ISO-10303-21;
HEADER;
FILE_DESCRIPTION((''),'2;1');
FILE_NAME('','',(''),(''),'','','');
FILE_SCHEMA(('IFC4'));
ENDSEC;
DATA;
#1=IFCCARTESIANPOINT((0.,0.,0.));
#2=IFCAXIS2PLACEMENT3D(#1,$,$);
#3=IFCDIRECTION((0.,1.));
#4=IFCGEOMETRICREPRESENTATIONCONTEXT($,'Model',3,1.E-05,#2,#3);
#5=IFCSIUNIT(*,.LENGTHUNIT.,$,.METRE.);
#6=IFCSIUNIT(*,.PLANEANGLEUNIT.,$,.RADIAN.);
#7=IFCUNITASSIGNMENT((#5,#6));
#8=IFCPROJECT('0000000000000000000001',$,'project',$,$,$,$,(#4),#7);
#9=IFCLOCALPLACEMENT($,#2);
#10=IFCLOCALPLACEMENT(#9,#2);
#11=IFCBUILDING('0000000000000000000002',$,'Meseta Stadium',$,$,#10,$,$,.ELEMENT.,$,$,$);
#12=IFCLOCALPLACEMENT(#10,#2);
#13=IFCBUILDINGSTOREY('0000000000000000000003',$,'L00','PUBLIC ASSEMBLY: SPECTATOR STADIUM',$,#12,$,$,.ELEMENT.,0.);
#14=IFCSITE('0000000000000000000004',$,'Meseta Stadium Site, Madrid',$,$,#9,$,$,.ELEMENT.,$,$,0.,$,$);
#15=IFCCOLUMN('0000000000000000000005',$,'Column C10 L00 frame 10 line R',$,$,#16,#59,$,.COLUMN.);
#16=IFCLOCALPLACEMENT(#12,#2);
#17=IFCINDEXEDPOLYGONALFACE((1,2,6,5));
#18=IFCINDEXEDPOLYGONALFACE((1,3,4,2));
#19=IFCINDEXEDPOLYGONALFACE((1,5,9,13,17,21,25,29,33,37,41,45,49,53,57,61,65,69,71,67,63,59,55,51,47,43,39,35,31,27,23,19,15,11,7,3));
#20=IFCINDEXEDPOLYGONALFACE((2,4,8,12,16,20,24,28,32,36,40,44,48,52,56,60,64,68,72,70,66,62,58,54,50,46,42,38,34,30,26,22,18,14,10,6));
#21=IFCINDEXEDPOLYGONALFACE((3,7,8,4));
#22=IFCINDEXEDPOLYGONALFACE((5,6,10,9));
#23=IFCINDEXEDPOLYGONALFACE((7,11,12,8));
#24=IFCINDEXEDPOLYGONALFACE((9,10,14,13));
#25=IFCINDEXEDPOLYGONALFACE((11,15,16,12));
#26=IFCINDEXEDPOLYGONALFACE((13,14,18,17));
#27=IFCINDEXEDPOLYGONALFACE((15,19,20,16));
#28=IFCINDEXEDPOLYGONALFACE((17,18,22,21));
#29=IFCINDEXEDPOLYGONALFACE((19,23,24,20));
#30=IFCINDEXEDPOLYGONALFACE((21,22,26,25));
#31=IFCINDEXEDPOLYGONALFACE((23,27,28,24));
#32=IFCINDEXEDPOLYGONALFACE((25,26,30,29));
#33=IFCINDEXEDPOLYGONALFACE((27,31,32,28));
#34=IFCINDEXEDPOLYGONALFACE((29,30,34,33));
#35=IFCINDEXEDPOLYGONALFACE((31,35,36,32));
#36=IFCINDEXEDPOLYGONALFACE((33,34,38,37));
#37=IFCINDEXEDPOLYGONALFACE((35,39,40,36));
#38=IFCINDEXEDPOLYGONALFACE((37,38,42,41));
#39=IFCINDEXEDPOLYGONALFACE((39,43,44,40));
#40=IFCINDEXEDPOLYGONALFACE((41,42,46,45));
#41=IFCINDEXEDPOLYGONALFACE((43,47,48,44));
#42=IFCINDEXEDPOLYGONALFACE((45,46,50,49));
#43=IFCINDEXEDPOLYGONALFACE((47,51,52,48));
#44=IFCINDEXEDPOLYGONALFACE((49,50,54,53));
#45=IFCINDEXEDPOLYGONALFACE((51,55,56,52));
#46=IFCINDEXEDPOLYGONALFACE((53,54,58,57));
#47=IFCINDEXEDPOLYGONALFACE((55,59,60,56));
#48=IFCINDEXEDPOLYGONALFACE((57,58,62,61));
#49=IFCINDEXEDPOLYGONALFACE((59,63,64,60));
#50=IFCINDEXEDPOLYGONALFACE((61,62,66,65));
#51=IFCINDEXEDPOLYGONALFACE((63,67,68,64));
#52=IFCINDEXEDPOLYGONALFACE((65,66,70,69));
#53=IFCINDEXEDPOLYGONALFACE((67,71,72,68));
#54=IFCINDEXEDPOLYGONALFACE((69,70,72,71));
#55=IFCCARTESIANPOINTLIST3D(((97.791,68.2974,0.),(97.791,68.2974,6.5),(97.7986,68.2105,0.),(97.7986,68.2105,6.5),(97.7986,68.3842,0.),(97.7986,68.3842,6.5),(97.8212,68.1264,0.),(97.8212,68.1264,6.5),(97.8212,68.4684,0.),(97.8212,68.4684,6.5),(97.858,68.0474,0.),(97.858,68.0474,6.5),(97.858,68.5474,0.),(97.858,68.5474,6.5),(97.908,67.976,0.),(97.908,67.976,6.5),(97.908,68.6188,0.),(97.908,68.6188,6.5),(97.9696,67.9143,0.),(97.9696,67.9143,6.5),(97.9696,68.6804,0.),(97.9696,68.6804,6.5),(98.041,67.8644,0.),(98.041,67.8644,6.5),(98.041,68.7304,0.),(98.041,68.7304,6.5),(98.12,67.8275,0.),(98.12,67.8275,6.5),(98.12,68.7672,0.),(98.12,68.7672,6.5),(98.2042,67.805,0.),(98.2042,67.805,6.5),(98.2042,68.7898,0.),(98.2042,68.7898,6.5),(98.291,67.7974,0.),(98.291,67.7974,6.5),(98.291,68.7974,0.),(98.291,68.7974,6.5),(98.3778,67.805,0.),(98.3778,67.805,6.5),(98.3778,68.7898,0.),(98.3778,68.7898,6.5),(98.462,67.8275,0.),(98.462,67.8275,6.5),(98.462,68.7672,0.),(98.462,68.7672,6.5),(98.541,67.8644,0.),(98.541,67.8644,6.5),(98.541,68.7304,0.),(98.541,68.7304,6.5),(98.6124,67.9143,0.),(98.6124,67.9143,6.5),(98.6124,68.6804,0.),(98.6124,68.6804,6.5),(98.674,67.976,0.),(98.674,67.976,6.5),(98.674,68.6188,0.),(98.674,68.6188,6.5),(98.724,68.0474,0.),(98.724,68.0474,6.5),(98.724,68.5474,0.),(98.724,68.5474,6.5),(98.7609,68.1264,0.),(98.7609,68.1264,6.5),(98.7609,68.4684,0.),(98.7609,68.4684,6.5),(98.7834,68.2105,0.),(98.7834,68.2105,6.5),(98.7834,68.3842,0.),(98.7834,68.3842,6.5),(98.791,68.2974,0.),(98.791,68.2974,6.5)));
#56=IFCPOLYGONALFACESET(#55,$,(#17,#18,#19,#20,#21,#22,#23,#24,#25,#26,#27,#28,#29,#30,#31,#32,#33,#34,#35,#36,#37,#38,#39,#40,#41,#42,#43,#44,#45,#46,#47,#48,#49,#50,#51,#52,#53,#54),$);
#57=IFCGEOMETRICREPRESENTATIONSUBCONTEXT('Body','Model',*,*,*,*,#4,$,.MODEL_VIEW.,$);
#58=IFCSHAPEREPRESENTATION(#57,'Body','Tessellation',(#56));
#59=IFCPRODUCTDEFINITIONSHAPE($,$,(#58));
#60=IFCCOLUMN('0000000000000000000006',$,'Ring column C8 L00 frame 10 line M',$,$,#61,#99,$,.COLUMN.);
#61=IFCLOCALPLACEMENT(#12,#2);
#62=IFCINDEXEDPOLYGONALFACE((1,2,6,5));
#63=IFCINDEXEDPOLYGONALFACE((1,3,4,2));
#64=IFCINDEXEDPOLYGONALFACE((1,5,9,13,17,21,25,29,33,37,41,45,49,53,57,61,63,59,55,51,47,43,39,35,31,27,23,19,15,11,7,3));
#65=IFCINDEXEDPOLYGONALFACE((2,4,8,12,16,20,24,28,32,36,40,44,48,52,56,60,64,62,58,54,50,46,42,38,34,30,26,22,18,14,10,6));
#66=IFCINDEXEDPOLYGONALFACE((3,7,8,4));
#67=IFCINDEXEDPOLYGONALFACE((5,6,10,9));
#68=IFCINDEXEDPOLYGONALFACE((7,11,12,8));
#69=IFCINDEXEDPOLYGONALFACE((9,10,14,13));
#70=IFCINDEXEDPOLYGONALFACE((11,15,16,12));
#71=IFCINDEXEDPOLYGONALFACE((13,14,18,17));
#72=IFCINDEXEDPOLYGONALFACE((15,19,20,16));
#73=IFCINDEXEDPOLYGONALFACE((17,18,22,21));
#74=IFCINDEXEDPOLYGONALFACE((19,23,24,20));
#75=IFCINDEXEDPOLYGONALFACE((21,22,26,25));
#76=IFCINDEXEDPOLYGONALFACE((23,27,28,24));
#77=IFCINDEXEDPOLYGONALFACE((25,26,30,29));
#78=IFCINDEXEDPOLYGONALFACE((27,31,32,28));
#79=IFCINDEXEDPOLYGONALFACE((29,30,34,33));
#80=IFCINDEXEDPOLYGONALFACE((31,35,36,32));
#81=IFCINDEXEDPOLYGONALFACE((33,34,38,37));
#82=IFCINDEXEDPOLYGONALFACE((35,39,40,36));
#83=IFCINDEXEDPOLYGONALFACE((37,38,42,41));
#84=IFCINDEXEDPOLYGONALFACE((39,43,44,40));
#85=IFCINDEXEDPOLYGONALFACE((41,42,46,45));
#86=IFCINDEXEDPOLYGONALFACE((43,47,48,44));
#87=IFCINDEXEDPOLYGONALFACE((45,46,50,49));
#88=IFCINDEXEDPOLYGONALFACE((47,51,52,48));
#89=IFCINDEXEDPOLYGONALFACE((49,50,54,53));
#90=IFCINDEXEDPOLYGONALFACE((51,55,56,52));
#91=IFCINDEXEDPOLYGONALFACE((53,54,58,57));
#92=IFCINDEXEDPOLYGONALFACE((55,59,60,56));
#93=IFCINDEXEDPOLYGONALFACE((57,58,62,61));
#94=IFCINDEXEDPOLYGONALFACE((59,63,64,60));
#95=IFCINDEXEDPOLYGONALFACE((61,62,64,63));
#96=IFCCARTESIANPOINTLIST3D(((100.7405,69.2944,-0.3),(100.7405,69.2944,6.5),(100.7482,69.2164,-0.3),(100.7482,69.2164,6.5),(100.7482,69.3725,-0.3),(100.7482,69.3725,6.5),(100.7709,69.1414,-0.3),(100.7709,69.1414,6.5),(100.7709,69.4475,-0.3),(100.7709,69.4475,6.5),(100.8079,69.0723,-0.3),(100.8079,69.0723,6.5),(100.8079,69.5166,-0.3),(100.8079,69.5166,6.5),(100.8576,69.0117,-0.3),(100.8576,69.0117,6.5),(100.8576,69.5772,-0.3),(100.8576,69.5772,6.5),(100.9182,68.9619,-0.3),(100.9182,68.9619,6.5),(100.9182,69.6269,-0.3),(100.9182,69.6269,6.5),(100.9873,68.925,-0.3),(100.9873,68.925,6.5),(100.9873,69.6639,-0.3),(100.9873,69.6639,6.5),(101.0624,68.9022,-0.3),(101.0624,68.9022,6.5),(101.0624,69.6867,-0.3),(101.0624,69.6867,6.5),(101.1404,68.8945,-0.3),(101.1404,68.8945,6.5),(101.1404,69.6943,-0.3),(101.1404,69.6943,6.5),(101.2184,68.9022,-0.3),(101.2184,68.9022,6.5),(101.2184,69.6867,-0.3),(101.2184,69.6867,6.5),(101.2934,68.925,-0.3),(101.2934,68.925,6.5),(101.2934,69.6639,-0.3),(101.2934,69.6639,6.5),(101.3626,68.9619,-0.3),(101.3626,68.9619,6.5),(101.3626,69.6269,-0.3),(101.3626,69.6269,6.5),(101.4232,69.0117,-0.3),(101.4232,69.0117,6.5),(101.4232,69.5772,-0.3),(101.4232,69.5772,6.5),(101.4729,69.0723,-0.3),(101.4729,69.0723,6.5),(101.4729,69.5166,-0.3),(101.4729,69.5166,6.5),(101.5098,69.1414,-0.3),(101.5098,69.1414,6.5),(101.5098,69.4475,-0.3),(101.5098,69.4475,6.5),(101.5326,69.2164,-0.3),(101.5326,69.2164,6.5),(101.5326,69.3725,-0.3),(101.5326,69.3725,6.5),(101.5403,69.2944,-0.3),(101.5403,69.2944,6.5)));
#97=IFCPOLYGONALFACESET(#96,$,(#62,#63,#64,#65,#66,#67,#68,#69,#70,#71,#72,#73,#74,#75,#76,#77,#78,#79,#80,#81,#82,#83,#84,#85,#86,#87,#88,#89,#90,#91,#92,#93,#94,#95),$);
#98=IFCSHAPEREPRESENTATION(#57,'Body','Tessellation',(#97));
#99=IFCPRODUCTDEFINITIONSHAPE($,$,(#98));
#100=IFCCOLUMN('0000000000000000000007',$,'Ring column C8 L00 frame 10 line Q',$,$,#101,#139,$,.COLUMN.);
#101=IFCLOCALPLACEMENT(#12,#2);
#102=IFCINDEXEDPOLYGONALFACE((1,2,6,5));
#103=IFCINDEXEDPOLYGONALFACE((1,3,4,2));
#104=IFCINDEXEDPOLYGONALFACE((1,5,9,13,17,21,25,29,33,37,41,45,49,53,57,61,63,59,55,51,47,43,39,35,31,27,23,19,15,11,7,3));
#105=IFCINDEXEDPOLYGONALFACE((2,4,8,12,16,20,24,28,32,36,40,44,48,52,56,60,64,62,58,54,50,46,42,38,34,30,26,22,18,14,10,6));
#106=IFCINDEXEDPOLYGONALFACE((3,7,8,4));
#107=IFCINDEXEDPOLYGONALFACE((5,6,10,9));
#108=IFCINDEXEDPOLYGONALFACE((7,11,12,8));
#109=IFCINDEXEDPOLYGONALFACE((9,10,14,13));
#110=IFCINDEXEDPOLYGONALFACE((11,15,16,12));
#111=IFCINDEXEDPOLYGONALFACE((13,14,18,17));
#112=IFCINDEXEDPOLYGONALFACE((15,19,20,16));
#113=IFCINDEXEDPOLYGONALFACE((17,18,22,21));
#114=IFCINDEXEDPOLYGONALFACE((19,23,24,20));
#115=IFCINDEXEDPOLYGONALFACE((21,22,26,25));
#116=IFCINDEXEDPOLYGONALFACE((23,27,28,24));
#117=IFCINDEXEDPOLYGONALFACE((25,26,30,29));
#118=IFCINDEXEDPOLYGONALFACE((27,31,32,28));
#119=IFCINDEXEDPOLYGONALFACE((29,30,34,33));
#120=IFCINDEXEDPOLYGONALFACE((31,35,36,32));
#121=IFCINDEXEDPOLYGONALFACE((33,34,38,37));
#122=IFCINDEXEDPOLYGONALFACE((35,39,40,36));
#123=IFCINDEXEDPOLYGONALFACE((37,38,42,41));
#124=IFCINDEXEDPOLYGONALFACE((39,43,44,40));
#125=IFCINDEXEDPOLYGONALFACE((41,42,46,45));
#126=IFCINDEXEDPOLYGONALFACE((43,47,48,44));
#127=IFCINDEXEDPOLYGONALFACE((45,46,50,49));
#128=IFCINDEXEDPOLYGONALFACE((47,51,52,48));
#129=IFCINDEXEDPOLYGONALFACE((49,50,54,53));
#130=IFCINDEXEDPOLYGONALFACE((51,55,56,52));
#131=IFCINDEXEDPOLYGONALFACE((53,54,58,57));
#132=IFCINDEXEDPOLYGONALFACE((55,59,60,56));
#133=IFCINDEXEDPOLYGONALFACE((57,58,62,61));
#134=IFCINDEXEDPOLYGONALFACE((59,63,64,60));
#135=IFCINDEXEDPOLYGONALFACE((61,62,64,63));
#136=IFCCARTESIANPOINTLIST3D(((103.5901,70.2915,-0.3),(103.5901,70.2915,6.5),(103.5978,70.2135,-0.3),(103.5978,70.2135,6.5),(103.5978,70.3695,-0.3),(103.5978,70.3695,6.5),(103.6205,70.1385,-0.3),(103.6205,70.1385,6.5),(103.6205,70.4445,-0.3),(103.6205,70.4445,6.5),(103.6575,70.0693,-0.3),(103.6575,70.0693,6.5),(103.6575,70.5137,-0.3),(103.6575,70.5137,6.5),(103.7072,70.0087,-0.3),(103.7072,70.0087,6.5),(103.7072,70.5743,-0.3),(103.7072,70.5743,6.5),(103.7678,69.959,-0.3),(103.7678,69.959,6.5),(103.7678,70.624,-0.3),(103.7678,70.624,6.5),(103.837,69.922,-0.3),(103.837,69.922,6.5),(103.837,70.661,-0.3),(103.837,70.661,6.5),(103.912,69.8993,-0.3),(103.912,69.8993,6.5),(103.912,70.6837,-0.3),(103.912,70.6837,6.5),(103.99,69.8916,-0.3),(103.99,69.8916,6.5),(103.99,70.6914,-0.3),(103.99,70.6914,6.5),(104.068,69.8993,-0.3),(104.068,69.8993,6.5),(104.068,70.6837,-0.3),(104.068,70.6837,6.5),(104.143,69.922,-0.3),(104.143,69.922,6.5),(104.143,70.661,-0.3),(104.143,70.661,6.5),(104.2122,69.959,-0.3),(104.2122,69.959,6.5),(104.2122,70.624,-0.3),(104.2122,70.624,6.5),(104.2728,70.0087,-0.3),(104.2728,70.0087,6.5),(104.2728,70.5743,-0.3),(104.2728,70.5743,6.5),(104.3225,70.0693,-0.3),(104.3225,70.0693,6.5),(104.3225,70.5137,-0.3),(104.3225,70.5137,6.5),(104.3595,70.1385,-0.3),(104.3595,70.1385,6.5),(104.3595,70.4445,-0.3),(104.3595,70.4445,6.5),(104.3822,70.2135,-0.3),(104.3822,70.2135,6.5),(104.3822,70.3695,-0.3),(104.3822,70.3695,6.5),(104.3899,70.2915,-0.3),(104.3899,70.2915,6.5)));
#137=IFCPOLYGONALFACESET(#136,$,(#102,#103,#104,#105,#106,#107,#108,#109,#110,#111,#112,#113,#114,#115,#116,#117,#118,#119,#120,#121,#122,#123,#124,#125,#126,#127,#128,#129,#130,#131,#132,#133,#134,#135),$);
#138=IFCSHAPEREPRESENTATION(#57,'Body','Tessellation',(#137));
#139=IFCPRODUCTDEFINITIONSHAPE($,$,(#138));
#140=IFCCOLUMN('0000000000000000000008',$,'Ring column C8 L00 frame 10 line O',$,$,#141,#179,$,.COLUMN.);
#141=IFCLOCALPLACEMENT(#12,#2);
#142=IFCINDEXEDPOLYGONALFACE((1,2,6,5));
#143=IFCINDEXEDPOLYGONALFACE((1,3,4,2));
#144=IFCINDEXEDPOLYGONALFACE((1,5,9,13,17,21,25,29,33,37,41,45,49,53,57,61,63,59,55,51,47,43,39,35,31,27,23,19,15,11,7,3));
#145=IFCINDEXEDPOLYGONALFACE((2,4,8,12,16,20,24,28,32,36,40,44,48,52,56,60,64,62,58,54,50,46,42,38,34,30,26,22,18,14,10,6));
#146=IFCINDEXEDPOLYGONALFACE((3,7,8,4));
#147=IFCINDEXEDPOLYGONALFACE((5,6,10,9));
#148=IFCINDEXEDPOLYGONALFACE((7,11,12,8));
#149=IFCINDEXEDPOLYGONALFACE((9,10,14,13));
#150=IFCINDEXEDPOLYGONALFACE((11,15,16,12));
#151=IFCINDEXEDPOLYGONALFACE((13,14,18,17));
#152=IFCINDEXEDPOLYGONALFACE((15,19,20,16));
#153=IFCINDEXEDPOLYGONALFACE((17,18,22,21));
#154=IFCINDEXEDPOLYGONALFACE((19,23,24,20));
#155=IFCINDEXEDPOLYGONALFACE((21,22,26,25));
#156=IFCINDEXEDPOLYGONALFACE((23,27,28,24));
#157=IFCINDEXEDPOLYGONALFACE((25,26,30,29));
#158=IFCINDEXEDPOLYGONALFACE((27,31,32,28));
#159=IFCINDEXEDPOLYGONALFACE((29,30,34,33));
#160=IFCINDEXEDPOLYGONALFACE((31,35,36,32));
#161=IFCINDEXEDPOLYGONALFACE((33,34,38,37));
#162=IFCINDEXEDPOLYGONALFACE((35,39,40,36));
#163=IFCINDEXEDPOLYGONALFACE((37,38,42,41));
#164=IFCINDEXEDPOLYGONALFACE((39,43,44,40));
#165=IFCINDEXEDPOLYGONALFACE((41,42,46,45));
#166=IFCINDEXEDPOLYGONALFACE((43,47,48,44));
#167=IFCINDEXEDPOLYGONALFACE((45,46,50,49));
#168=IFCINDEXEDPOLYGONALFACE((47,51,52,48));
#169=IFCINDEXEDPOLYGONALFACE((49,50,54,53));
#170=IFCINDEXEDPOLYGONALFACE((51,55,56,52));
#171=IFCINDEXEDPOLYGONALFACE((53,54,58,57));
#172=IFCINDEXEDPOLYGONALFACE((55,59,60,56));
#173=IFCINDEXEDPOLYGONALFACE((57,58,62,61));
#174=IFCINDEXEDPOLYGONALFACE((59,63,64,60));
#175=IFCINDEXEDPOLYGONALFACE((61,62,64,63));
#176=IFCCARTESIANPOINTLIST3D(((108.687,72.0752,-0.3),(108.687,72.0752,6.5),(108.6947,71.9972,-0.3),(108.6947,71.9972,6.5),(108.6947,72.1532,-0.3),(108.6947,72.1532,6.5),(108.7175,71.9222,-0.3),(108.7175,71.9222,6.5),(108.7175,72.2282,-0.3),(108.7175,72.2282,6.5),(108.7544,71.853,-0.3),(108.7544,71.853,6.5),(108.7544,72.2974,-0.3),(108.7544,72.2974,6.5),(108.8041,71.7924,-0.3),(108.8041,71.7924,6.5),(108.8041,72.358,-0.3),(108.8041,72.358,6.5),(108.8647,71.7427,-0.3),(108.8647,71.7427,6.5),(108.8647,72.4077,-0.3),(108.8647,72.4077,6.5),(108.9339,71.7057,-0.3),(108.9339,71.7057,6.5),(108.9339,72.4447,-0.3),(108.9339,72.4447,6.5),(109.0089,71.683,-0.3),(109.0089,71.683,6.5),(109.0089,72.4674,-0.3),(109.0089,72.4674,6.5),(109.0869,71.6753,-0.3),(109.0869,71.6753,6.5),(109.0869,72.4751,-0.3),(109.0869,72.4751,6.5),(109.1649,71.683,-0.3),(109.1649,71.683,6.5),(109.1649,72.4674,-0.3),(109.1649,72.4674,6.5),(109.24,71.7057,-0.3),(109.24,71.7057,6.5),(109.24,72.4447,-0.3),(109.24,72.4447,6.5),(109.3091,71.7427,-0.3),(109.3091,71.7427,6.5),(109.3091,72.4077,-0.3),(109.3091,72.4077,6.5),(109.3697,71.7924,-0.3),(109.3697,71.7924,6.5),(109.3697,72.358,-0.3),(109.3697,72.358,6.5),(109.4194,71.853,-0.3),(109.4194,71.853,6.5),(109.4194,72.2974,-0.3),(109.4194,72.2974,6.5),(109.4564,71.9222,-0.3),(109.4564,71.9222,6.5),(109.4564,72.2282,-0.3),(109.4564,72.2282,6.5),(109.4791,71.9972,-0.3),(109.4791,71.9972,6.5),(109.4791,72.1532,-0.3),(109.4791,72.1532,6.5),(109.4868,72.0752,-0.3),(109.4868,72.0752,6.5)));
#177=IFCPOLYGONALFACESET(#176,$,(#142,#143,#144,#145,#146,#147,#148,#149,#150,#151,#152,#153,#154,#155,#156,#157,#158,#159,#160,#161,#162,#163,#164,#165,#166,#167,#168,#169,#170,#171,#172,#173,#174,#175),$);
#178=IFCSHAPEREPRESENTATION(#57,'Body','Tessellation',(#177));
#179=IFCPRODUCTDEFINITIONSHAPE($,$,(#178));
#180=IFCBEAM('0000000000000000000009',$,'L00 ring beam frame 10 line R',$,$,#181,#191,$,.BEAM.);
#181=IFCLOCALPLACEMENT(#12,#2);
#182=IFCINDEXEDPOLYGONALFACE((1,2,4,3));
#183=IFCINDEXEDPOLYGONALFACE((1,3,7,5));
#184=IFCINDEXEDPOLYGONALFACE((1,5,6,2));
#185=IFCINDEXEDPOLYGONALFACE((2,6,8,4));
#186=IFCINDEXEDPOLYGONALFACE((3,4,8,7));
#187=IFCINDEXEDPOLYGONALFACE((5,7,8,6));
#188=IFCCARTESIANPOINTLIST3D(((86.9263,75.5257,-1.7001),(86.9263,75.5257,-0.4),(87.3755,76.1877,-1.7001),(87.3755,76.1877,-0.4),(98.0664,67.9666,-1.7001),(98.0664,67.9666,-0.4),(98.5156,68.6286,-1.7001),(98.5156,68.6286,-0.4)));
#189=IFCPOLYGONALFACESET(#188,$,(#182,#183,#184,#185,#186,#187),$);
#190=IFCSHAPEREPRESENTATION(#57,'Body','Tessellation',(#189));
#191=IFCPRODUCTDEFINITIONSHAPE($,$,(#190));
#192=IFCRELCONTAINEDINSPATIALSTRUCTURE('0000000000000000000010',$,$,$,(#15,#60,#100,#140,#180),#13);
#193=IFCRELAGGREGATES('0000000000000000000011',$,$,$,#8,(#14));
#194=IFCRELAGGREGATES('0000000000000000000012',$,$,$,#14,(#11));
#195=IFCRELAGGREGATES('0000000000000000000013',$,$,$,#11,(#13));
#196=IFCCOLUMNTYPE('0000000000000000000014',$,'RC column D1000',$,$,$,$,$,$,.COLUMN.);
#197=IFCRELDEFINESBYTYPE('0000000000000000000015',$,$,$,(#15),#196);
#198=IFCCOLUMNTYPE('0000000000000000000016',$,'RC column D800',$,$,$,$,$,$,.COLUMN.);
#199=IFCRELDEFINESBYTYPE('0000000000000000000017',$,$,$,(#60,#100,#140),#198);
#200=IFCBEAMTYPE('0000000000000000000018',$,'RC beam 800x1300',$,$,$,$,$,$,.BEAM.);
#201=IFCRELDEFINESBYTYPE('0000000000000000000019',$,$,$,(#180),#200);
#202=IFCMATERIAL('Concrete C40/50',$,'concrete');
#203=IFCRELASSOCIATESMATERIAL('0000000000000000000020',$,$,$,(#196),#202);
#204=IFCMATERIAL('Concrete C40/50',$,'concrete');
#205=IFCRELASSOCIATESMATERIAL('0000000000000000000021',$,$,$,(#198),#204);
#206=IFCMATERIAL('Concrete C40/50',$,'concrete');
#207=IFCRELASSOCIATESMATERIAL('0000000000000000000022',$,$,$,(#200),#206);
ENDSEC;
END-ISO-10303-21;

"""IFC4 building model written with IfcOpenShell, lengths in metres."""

from ifc_helpers import new_model, si_unit, direction, frame, origin, origin_2d, place, context, subcontext, project, spatial, rectangle, circle, extrude, material, material_profile, profile_set, type_object, element, save


model = new_model("IFC4")

# Units and contexts
model_context = context("Model", 3, precision=1e-05, world=origin(), true_north=direction((0.0, 1.0)))
body_context = subcontext(model_context, "Body", "Model", "MODEL_VIEW")
ifc_project = project(units=[si_unit("LENGTHUNIT", "METRE"), si_unit("PLANEANGLEUNIT", "RADIAN")], contexts=[model_context])

# Site, building, storey
site_placement = place(None, origin())
site = spatial("IfcSite", under=ifc_project, at=site_placement, Name="Meseta Stadium Site, Madrid", CompositionType="ELEMENT", RefElevation=0.0)
building_placement = place(site_placement, origin())
building = spatial("IfcBuilding", under=site, at=building_placement, Name="Meseta Stadium", CompositionType="ELEMENT")
storey_placement = place(building_placement, origin())
storey = spatial("IfcBuildingStorey", under=building, at=storey_placement, Name="L00", Description="PUBLIC ASSEMBLY: SPECTATOR STADIUM", CompositionType="ELEMENT", Elevation=0.0)

# Columns
ifc_material_1 = material(Name="Concrete C40/50", Category="concrete")
ifc_material_profile_1 = material_profile(ifc_material_1, circle(Radius=0.5, at=origin_2d()), Name="RC D1000")
ifc_profile_set_1 = profile_set([ifc_material_profile_1], Name="Concrete C40/50")
column_type_1 = type_object("IfcColumnType", Name="RC column D1000", PredefinedType="COLUMN", material=ifc_profile_set_1)
column_placement = place(storey_placement, frame((98.291, 68.2974, 0.0), z_axis=(0.0, 0.0, 1.0), x_axis=(1.0, 0.0, 0.0)))
element("IfcColumn", 1, at=column_placement, inside=storey, type_object=column_type_1, Name="Column C10 L00 frame 10 line R", PredefinedType="COLUMN", context=body_context, shape_type="SweptSolid", body=[
    extrude(circle(Radius=0.5, at=origin_2d()), origin(), (0.0, 0.0, 1.0), 6.5),
])
ifc_material_2 = material(Name="Concrete C40/50", Category="concrete")
ifc_material_profile_2 = material_profile(ifc_material_2, circle(Radius=0.3999, at=origin_2d()), Name="RC D800")
ifc_profile_set_2 = profile_set([ifc_material_profile_2], Name="Concrete C40/50")
column_type_2 = type_object("IfcColumnType", Name="RC column D800", PredefinedType="COLUMN", material=ifc_profile_set_2)
for number, where, z_axis, x_axis, name in (
    (2, (101.1404, 69.2944, -0.3), (0.0, 0.0, 1.0), (1.0, 0.0, 0.0), "Ring column C8 L00 frame 10 line M"),
    (3, (103.99, 70.2915, -0.3), (0.0, 0.0, 1.0), (1.0, 0.0, 0.0), "Ring column C8 L00 frame 10 line Q"),
    (4, (109.0869, 72.0752, -0.3), (0.0, 0.0, 1.0), (1.0, 0.0, 0.0), "Ring column C8 L00 frame 10 line O"),
):
    element("IfcColumn", number, at=place(storey_placement, frame(where, z_axis=z_axis, x_axis=x_axis)), inside=storey, type_object=column_type_2, Name=name, PredefinedType="COLUMN", context=body_context, shape_type="SweptSolid", body=[
        extrude(circle(Radius=0.3999, at=origin_2d()), origin(), (0.0, 0.0, 1.0), 6.8),
    ])

# Beam
ifc_material_3 = material(Name="Concrete C40/50", Category="concrete")
ifc_material_profile_3 = material_profile(ifc_material_3, rectangle(XDim=0.8, YDim=1.3, at=origin_2d()), Name="RC 800x1300")
ifc_profile_set_3 = profile_set([ifc_material_profile_3], Name="Concrete C40/50")
beam_type = type_object("IfcBeamType", Name="RC beam 800x1300", PredefinedType="BEAM", material=ifc_profile_set_3)
beam_placement = place(storey_placement, frame((98.291, 68.2976, -1.05), z_axis=(-0.827486, 0.561486, 0.0), x_axis=(-0.561486, -0.827486, 0.0)))
element("IfcBeam", 5, at=beam_placement, inside=storey, type_object=beam_type, Name="L00 ring beam frame 10 line R", PredefinedType="BEAM", context=body_context, shape_type="SweptSolid", body=[
    extrude(rectangle(XDim=0.8, YDim=1.3, at=origin_2d()), origin(), (0.0, 0.0, 1.0), 13.4626),
])

save(model, "model.ifc")
